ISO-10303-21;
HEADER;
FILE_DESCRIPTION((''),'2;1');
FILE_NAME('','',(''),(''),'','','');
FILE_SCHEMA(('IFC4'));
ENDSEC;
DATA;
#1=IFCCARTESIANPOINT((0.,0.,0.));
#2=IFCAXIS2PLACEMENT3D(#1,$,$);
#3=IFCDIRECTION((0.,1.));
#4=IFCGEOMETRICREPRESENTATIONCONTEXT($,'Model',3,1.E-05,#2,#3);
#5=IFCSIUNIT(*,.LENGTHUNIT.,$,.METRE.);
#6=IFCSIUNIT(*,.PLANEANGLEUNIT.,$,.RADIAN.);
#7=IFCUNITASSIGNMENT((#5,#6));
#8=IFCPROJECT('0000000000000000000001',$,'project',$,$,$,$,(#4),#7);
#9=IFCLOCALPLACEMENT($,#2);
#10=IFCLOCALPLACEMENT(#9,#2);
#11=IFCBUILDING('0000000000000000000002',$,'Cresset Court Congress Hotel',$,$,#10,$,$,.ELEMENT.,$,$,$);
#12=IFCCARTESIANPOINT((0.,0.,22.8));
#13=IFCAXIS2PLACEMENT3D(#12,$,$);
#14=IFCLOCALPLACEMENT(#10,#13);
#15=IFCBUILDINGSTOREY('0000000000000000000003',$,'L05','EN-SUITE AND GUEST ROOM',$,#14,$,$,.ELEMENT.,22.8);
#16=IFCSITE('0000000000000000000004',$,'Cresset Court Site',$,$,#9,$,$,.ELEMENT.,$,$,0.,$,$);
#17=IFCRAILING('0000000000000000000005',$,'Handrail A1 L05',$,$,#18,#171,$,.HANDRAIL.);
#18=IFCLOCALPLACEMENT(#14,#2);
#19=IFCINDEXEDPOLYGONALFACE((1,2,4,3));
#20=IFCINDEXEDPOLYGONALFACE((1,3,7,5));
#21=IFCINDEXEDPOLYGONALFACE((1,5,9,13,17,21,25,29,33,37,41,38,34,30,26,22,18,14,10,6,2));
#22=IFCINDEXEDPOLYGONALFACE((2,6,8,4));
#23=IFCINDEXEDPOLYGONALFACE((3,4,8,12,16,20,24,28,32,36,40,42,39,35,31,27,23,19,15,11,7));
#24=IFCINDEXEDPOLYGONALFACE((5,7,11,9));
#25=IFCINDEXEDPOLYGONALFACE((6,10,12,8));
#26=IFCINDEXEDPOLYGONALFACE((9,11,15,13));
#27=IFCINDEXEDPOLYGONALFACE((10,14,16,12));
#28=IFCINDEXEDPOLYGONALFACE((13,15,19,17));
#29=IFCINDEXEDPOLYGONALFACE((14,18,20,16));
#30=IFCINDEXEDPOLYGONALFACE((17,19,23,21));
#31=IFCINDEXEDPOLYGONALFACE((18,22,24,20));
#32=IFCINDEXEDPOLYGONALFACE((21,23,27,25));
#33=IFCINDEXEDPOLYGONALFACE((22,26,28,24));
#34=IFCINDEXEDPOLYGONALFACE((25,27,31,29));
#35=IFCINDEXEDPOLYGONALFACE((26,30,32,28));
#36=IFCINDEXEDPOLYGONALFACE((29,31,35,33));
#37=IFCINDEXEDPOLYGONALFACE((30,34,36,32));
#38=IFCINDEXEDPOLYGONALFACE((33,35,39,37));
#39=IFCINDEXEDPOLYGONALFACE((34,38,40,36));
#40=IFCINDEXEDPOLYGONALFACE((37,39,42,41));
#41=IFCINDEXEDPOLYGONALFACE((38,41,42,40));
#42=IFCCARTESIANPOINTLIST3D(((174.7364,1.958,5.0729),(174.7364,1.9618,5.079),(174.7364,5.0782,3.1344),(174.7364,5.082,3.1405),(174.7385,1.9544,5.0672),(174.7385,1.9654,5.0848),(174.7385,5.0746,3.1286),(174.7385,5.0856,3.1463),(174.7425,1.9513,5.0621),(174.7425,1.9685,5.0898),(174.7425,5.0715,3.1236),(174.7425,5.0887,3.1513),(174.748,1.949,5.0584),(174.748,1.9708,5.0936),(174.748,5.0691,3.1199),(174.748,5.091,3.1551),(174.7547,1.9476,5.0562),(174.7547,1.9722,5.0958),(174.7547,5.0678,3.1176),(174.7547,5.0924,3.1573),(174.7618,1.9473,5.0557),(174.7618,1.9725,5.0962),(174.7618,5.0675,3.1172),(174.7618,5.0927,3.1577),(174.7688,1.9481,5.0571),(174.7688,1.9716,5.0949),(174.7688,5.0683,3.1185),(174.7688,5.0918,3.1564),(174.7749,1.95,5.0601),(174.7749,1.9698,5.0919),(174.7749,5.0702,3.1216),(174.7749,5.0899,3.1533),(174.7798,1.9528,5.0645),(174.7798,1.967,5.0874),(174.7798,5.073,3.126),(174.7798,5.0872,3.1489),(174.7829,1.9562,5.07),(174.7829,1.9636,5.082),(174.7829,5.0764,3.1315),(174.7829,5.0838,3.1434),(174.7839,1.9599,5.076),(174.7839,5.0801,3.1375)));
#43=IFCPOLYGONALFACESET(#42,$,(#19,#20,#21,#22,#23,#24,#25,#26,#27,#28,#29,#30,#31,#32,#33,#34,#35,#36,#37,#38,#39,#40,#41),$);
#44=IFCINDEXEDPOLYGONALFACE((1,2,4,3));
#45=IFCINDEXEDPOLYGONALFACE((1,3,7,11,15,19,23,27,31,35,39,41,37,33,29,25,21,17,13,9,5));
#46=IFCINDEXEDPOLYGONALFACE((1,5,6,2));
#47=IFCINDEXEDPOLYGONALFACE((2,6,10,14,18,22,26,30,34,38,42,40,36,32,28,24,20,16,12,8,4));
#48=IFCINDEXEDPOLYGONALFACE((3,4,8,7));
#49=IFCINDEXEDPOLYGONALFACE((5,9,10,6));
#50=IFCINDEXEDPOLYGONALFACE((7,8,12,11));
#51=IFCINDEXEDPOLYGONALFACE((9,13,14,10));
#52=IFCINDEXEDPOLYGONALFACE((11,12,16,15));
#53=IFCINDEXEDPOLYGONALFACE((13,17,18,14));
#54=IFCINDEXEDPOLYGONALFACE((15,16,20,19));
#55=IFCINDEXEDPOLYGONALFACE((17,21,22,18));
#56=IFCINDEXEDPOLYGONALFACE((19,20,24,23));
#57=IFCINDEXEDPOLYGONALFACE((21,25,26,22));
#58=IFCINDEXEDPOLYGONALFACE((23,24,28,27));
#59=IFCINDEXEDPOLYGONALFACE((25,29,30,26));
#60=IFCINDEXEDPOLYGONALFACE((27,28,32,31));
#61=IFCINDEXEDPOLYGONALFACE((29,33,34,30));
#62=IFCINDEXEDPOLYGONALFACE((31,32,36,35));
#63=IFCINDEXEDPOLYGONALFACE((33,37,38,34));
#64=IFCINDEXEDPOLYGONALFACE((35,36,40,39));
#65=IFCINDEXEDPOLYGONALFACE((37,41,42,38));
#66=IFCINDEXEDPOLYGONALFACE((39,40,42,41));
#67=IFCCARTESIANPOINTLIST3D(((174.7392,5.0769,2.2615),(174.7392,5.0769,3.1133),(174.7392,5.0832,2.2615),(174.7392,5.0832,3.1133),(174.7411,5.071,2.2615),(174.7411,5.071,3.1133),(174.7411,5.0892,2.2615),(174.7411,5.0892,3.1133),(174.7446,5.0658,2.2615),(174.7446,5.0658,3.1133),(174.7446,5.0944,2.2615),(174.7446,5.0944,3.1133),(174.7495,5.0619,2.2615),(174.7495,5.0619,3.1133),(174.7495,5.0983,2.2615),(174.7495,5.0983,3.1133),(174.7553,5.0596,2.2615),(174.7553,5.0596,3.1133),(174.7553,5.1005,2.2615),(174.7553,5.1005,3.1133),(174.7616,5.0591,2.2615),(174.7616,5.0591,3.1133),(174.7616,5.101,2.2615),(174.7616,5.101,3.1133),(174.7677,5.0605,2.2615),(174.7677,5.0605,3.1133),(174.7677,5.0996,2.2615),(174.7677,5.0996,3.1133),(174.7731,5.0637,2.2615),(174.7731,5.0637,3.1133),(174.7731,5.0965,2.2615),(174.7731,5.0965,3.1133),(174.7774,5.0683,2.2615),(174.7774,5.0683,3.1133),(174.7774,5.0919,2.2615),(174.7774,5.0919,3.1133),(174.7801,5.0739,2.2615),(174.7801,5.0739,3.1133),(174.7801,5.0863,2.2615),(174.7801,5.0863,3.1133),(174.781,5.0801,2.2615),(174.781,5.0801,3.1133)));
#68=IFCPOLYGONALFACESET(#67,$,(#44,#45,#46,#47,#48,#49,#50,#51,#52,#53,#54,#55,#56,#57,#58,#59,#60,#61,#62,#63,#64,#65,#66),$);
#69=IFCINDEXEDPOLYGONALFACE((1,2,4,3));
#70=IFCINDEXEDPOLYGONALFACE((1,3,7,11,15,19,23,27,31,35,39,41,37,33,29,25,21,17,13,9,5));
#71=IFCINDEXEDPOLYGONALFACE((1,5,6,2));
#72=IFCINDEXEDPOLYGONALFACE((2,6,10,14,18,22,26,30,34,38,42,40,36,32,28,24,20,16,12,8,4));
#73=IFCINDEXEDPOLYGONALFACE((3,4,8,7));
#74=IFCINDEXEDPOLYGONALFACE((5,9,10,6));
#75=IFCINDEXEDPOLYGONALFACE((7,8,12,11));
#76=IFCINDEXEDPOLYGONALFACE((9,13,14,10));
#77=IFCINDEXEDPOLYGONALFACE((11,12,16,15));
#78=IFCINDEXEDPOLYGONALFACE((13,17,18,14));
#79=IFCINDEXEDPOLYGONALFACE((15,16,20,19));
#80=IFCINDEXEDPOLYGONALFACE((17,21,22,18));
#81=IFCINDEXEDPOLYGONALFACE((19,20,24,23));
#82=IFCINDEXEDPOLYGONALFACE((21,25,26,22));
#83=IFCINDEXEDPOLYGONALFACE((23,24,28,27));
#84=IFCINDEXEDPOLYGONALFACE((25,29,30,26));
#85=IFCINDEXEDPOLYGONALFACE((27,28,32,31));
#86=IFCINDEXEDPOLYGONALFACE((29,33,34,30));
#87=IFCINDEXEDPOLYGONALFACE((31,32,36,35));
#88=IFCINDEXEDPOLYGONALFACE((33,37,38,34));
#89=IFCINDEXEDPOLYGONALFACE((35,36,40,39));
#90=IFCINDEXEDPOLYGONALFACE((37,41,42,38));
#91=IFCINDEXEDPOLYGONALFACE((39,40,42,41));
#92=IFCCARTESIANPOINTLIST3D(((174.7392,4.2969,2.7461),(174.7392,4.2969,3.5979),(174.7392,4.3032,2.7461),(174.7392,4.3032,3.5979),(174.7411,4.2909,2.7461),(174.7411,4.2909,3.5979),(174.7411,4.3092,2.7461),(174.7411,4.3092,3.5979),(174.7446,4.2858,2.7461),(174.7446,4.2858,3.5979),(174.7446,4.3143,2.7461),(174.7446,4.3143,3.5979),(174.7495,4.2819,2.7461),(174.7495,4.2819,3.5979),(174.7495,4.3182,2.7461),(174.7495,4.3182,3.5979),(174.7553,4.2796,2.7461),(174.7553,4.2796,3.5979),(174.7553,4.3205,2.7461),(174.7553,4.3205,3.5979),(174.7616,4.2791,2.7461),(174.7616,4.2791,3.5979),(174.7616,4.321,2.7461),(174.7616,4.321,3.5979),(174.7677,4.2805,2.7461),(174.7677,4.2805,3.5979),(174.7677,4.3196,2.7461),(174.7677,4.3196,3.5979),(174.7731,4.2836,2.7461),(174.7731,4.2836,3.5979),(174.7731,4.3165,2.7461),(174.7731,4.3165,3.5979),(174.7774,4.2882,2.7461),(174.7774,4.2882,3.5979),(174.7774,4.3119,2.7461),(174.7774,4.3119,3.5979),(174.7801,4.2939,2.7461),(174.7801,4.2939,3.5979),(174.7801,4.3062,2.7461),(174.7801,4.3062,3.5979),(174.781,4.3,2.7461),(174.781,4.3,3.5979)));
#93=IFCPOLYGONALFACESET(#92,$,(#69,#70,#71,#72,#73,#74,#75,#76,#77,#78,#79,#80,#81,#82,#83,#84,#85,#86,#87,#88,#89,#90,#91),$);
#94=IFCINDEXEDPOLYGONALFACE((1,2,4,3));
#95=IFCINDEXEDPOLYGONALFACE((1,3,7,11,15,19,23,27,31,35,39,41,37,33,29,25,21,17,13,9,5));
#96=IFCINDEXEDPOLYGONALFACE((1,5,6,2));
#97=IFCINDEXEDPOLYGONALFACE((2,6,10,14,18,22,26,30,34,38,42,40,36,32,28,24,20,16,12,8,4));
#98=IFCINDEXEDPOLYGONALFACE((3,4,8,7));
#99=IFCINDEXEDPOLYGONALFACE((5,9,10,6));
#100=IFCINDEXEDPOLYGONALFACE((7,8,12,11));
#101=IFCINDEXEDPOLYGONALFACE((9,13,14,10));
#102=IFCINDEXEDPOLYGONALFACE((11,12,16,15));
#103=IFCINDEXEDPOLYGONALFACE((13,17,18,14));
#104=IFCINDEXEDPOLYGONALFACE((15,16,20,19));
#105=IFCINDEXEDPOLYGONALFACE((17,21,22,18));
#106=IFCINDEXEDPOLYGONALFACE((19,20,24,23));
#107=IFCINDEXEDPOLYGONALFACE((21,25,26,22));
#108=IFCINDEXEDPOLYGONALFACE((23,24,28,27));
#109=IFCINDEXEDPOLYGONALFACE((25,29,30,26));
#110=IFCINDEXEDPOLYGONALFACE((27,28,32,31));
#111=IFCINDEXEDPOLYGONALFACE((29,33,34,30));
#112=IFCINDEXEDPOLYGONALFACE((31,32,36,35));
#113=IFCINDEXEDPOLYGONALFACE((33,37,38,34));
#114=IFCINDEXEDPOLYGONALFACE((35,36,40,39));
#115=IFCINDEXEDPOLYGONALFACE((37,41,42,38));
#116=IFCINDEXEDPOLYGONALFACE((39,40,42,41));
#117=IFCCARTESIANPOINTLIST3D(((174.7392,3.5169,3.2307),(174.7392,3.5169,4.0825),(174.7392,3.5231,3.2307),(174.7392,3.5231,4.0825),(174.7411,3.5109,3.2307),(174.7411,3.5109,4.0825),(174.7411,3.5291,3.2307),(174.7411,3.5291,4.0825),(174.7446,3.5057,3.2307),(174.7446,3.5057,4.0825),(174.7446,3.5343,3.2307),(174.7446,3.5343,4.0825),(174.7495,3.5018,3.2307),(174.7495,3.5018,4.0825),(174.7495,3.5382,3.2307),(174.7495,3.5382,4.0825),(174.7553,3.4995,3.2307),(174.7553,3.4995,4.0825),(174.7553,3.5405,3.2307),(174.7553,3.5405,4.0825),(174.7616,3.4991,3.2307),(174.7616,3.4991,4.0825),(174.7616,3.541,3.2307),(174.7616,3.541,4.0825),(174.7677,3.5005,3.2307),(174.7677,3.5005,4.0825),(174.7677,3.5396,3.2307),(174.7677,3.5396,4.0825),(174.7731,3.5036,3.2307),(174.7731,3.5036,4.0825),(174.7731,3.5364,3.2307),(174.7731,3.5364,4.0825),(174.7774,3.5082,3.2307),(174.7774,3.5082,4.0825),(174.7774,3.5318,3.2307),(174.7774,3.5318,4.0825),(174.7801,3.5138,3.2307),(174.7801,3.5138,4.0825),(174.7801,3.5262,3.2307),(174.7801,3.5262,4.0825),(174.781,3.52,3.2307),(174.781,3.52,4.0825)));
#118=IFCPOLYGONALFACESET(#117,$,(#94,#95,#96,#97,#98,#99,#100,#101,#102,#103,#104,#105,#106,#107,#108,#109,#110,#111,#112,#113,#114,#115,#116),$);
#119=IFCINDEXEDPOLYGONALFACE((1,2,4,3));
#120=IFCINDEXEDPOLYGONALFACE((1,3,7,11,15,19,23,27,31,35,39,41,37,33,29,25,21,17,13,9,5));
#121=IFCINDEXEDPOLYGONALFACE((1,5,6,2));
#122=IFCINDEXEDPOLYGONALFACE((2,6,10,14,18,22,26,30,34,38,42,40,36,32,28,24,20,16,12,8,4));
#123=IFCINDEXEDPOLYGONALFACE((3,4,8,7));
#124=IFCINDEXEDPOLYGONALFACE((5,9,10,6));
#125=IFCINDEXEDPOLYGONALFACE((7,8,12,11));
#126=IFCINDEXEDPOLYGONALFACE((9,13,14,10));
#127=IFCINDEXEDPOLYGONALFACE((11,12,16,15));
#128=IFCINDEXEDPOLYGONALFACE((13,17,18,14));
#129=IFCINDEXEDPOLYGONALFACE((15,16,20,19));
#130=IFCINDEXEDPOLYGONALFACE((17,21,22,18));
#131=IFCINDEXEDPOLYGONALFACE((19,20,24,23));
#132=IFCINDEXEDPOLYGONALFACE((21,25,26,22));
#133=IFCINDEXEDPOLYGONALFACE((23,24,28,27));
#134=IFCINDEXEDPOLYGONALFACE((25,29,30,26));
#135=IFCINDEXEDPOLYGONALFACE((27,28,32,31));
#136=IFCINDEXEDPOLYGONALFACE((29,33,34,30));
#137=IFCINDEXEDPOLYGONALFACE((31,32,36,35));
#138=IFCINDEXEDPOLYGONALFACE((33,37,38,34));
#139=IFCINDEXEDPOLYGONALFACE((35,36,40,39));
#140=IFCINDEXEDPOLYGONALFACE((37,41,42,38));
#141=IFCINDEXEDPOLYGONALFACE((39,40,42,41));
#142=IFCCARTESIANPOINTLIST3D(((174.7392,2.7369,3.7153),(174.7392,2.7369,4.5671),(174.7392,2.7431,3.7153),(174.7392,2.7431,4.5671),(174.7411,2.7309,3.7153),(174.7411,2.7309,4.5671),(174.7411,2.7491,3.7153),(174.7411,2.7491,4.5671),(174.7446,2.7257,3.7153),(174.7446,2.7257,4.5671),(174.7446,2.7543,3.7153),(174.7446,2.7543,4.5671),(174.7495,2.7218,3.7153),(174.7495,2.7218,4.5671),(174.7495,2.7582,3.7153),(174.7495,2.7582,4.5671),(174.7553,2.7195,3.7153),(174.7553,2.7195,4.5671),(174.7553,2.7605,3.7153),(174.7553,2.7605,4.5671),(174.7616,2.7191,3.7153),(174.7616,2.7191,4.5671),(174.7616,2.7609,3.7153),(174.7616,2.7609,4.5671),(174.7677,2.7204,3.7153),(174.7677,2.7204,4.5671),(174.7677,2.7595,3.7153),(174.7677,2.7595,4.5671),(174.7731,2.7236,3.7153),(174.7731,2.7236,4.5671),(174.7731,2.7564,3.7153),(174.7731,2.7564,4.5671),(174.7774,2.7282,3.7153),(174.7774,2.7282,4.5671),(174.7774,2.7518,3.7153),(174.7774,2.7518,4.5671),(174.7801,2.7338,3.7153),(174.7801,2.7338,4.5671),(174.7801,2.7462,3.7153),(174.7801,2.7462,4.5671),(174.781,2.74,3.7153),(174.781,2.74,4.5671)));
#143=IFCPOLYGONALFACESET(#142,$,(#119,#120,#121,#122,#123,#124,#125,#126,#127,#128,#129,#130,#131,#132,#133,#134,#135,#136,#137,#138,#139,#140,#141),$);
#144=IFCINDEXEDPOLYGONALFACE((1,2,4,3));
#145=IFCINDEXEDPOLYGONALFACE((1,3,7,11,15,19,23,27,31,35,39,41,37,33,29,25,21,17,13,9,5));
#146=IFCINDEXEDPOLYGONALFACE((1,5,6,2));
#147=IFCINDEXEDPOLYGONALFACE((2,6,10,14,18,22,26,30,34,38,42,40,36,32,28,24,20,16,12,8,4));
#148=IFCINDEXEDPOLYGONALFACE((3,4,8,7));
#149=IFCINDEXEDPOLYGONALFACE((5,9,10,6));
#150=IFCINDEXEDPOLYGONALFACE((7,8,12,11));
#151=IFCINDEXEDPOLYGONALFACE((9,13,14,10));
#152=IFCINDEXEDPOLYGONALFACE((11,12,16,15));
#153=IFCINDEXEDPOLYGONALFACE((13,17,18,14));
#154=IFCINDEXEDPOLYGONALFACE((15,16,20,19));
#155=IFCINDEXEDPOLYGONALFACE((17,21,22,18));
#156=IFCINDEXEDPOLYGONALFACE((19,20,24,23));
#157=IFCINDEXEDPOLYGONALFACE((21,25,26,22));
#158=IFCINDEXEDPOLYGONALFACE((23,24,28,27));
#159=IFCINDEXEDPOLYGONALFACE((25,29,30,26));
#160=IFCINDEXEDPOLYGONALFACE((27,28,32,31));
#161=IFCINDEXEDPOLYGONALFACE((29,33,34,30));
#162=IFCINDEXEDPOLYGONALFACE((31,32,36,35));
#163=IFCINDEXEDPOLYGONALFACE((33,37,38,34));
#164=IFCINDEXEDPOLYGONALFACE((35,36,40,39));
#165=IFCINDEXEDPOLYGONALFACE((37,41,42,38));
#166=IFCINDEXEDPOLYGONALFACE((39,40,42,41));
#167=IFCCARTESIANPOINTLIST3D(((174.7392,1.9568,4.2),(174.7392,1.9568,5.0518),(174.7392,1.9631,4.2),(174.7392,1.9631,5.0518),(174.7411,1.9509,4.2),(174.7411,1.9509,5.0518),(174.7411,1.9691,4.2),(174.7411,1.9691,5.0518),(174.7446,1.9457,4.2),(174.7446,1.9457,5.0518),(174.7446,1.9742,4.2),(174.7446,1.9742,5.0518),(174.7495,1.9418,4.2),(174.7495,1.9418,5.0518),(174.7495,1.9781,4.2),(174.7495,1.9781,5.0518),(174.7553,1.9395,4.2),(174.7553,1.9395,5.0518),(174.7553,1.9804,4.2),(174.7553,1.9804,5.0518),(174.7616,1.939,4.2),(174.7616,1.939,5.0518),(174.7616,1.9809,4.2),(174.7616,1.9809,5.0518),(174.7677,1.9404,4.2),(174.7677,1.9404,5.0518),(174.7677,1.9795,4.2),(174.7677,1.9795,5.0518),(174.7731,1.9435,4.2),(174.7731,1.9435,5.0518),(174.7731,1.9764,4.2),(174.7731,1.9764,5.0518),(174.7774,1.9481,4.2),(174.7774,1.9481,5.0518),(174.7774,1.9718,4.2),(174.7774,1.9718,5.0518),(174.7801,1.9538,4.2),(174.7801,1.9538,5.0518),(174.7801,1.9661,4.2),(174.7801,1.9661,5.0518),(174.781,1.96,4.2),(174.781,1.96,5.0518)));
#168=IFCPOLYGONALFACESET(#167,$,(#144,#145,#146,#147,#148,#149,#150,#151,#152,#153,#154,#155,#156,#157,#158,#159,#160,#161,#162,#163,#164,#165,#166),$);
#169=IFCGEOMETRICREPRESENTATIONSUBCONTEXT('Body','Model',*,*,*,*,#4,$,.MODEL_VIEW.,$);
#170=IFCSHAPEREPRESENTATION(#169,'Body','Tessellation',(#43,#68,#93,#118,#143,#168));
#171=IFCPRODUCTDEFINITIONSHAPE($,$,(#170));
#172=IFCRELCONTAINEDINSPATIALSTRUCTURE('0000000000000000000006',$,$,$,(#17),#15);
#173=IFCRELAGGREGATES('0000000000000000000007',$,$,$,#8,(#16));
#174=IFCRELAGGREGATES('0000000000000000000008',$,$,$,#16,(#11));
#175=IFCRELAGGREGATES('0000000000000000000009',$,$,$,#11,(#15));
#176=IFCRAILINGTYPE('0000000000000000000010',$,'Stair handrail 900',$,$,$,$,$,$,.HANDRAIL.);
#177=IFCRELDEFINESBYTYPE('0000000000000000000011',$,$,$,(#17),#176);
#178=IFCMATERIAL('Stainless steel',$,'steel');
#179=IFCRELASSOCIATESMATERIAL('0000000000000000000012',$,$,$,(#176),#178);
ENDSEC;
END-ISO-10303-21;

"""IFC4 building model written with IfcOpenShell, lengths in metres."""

from ifc_helpers import new_model, si_unit, direction, frame, origin, origin_2d, place, context, subcontext, project, spatial, circle, extrude, material, type_object, element, save


model = new_model("IFC4")

# Units and contexts
model_context = context("Model", 3, precision=1e-05, world=origin(), true_north=direction((0.0, 1.0)))
body_context = subcontext(model_context, "Body", "Model", "MODEL_VIEW")
ifc_project = project(units=[si_unit("LENGTHUNIT", "METRE"), si_unit("PLANEANGLEUNIT", "RADIAN")], contexts=[model_context])

# Site, building, storey
site_placement = place(None, origin())
site = spatial("IfcSite", under=ifc_project, at=site_placement, Name="Cresset Court Site", CompositionType="ELEMENT", RefElevation=0.0)
building_placement = place(site_placement, origin())
building = spatial("IfcBuilding", under=site, at=building_placement, Name="Cresset Court Congress Hotel", CompositionType="ELEMENT")
storey_placement = place(building_placement, frame((0.0, 0.0, 22.8)))
storey = spatial("IfcBuildingStorey", under=building, at=storey_placement, Name="L05", Description="EN-SUITE AND GUEST ROOM", CompositionType="ELEMENT", Elevation=22.8)

# Railing
ifc_material_1 = material(Name="Stainless steel", Category="steel")
railing_type_1 = type_object("IfcRailingType", Name="Stair handrail 900", PredefinedType="HANDRAIL", material=ifc_material_1)
for number, where, name in (
    (1, (174.76, 5.0801, 2.2615), "Handrail A1 L05"),
):
    element("IfcRailing", number, at=place(storey_placement, frame(where)), inside=storey, type_object=railing_type_1, Name=name, PredefinedType="HANDRAIL", context=body_context, shape_type="SweptSolid", body=[
        extrude(circle(Radius=0.0239, at=origin_2d()), frame((0.0, 0.0, 0.876), z_axis=(0.0, -0.849414, 0.527727), x_axis=(1.0, 0.0, 0.0)), (0.0, 0.0, 1.0), 3.6733),
        extrude(circle(Radius=0.021, at=origin_2d()), origin(), (0.0, 0.0, 1.0), 0.8518),
        extrude(circle(Radius=0.021, at=origin_2d()), frame((0.0, -0.78, 0.4846)), (0.0, 0.0, 1.0), 0.8518),
        extrude(circle(Radius=0.021, at=origin_2d()), frame((0.0, -1.5601, 0.9692)), (0.0, 0.0, 1.0), 0.8518),
        extrude(circle(Radius=0.021, at=origin_2d()), frame((0.0, -2.3401, 1.4539)), (0.0, 0.0, 1.0), 0.8518),
        extrude(circle(Radius=0.021, at=origin_2d()), frame((0.0, -3.1201, 1.9385)), (0.0, 0.0, 1.0), 0.8518),
    ])

save(model, "model.ifc")
